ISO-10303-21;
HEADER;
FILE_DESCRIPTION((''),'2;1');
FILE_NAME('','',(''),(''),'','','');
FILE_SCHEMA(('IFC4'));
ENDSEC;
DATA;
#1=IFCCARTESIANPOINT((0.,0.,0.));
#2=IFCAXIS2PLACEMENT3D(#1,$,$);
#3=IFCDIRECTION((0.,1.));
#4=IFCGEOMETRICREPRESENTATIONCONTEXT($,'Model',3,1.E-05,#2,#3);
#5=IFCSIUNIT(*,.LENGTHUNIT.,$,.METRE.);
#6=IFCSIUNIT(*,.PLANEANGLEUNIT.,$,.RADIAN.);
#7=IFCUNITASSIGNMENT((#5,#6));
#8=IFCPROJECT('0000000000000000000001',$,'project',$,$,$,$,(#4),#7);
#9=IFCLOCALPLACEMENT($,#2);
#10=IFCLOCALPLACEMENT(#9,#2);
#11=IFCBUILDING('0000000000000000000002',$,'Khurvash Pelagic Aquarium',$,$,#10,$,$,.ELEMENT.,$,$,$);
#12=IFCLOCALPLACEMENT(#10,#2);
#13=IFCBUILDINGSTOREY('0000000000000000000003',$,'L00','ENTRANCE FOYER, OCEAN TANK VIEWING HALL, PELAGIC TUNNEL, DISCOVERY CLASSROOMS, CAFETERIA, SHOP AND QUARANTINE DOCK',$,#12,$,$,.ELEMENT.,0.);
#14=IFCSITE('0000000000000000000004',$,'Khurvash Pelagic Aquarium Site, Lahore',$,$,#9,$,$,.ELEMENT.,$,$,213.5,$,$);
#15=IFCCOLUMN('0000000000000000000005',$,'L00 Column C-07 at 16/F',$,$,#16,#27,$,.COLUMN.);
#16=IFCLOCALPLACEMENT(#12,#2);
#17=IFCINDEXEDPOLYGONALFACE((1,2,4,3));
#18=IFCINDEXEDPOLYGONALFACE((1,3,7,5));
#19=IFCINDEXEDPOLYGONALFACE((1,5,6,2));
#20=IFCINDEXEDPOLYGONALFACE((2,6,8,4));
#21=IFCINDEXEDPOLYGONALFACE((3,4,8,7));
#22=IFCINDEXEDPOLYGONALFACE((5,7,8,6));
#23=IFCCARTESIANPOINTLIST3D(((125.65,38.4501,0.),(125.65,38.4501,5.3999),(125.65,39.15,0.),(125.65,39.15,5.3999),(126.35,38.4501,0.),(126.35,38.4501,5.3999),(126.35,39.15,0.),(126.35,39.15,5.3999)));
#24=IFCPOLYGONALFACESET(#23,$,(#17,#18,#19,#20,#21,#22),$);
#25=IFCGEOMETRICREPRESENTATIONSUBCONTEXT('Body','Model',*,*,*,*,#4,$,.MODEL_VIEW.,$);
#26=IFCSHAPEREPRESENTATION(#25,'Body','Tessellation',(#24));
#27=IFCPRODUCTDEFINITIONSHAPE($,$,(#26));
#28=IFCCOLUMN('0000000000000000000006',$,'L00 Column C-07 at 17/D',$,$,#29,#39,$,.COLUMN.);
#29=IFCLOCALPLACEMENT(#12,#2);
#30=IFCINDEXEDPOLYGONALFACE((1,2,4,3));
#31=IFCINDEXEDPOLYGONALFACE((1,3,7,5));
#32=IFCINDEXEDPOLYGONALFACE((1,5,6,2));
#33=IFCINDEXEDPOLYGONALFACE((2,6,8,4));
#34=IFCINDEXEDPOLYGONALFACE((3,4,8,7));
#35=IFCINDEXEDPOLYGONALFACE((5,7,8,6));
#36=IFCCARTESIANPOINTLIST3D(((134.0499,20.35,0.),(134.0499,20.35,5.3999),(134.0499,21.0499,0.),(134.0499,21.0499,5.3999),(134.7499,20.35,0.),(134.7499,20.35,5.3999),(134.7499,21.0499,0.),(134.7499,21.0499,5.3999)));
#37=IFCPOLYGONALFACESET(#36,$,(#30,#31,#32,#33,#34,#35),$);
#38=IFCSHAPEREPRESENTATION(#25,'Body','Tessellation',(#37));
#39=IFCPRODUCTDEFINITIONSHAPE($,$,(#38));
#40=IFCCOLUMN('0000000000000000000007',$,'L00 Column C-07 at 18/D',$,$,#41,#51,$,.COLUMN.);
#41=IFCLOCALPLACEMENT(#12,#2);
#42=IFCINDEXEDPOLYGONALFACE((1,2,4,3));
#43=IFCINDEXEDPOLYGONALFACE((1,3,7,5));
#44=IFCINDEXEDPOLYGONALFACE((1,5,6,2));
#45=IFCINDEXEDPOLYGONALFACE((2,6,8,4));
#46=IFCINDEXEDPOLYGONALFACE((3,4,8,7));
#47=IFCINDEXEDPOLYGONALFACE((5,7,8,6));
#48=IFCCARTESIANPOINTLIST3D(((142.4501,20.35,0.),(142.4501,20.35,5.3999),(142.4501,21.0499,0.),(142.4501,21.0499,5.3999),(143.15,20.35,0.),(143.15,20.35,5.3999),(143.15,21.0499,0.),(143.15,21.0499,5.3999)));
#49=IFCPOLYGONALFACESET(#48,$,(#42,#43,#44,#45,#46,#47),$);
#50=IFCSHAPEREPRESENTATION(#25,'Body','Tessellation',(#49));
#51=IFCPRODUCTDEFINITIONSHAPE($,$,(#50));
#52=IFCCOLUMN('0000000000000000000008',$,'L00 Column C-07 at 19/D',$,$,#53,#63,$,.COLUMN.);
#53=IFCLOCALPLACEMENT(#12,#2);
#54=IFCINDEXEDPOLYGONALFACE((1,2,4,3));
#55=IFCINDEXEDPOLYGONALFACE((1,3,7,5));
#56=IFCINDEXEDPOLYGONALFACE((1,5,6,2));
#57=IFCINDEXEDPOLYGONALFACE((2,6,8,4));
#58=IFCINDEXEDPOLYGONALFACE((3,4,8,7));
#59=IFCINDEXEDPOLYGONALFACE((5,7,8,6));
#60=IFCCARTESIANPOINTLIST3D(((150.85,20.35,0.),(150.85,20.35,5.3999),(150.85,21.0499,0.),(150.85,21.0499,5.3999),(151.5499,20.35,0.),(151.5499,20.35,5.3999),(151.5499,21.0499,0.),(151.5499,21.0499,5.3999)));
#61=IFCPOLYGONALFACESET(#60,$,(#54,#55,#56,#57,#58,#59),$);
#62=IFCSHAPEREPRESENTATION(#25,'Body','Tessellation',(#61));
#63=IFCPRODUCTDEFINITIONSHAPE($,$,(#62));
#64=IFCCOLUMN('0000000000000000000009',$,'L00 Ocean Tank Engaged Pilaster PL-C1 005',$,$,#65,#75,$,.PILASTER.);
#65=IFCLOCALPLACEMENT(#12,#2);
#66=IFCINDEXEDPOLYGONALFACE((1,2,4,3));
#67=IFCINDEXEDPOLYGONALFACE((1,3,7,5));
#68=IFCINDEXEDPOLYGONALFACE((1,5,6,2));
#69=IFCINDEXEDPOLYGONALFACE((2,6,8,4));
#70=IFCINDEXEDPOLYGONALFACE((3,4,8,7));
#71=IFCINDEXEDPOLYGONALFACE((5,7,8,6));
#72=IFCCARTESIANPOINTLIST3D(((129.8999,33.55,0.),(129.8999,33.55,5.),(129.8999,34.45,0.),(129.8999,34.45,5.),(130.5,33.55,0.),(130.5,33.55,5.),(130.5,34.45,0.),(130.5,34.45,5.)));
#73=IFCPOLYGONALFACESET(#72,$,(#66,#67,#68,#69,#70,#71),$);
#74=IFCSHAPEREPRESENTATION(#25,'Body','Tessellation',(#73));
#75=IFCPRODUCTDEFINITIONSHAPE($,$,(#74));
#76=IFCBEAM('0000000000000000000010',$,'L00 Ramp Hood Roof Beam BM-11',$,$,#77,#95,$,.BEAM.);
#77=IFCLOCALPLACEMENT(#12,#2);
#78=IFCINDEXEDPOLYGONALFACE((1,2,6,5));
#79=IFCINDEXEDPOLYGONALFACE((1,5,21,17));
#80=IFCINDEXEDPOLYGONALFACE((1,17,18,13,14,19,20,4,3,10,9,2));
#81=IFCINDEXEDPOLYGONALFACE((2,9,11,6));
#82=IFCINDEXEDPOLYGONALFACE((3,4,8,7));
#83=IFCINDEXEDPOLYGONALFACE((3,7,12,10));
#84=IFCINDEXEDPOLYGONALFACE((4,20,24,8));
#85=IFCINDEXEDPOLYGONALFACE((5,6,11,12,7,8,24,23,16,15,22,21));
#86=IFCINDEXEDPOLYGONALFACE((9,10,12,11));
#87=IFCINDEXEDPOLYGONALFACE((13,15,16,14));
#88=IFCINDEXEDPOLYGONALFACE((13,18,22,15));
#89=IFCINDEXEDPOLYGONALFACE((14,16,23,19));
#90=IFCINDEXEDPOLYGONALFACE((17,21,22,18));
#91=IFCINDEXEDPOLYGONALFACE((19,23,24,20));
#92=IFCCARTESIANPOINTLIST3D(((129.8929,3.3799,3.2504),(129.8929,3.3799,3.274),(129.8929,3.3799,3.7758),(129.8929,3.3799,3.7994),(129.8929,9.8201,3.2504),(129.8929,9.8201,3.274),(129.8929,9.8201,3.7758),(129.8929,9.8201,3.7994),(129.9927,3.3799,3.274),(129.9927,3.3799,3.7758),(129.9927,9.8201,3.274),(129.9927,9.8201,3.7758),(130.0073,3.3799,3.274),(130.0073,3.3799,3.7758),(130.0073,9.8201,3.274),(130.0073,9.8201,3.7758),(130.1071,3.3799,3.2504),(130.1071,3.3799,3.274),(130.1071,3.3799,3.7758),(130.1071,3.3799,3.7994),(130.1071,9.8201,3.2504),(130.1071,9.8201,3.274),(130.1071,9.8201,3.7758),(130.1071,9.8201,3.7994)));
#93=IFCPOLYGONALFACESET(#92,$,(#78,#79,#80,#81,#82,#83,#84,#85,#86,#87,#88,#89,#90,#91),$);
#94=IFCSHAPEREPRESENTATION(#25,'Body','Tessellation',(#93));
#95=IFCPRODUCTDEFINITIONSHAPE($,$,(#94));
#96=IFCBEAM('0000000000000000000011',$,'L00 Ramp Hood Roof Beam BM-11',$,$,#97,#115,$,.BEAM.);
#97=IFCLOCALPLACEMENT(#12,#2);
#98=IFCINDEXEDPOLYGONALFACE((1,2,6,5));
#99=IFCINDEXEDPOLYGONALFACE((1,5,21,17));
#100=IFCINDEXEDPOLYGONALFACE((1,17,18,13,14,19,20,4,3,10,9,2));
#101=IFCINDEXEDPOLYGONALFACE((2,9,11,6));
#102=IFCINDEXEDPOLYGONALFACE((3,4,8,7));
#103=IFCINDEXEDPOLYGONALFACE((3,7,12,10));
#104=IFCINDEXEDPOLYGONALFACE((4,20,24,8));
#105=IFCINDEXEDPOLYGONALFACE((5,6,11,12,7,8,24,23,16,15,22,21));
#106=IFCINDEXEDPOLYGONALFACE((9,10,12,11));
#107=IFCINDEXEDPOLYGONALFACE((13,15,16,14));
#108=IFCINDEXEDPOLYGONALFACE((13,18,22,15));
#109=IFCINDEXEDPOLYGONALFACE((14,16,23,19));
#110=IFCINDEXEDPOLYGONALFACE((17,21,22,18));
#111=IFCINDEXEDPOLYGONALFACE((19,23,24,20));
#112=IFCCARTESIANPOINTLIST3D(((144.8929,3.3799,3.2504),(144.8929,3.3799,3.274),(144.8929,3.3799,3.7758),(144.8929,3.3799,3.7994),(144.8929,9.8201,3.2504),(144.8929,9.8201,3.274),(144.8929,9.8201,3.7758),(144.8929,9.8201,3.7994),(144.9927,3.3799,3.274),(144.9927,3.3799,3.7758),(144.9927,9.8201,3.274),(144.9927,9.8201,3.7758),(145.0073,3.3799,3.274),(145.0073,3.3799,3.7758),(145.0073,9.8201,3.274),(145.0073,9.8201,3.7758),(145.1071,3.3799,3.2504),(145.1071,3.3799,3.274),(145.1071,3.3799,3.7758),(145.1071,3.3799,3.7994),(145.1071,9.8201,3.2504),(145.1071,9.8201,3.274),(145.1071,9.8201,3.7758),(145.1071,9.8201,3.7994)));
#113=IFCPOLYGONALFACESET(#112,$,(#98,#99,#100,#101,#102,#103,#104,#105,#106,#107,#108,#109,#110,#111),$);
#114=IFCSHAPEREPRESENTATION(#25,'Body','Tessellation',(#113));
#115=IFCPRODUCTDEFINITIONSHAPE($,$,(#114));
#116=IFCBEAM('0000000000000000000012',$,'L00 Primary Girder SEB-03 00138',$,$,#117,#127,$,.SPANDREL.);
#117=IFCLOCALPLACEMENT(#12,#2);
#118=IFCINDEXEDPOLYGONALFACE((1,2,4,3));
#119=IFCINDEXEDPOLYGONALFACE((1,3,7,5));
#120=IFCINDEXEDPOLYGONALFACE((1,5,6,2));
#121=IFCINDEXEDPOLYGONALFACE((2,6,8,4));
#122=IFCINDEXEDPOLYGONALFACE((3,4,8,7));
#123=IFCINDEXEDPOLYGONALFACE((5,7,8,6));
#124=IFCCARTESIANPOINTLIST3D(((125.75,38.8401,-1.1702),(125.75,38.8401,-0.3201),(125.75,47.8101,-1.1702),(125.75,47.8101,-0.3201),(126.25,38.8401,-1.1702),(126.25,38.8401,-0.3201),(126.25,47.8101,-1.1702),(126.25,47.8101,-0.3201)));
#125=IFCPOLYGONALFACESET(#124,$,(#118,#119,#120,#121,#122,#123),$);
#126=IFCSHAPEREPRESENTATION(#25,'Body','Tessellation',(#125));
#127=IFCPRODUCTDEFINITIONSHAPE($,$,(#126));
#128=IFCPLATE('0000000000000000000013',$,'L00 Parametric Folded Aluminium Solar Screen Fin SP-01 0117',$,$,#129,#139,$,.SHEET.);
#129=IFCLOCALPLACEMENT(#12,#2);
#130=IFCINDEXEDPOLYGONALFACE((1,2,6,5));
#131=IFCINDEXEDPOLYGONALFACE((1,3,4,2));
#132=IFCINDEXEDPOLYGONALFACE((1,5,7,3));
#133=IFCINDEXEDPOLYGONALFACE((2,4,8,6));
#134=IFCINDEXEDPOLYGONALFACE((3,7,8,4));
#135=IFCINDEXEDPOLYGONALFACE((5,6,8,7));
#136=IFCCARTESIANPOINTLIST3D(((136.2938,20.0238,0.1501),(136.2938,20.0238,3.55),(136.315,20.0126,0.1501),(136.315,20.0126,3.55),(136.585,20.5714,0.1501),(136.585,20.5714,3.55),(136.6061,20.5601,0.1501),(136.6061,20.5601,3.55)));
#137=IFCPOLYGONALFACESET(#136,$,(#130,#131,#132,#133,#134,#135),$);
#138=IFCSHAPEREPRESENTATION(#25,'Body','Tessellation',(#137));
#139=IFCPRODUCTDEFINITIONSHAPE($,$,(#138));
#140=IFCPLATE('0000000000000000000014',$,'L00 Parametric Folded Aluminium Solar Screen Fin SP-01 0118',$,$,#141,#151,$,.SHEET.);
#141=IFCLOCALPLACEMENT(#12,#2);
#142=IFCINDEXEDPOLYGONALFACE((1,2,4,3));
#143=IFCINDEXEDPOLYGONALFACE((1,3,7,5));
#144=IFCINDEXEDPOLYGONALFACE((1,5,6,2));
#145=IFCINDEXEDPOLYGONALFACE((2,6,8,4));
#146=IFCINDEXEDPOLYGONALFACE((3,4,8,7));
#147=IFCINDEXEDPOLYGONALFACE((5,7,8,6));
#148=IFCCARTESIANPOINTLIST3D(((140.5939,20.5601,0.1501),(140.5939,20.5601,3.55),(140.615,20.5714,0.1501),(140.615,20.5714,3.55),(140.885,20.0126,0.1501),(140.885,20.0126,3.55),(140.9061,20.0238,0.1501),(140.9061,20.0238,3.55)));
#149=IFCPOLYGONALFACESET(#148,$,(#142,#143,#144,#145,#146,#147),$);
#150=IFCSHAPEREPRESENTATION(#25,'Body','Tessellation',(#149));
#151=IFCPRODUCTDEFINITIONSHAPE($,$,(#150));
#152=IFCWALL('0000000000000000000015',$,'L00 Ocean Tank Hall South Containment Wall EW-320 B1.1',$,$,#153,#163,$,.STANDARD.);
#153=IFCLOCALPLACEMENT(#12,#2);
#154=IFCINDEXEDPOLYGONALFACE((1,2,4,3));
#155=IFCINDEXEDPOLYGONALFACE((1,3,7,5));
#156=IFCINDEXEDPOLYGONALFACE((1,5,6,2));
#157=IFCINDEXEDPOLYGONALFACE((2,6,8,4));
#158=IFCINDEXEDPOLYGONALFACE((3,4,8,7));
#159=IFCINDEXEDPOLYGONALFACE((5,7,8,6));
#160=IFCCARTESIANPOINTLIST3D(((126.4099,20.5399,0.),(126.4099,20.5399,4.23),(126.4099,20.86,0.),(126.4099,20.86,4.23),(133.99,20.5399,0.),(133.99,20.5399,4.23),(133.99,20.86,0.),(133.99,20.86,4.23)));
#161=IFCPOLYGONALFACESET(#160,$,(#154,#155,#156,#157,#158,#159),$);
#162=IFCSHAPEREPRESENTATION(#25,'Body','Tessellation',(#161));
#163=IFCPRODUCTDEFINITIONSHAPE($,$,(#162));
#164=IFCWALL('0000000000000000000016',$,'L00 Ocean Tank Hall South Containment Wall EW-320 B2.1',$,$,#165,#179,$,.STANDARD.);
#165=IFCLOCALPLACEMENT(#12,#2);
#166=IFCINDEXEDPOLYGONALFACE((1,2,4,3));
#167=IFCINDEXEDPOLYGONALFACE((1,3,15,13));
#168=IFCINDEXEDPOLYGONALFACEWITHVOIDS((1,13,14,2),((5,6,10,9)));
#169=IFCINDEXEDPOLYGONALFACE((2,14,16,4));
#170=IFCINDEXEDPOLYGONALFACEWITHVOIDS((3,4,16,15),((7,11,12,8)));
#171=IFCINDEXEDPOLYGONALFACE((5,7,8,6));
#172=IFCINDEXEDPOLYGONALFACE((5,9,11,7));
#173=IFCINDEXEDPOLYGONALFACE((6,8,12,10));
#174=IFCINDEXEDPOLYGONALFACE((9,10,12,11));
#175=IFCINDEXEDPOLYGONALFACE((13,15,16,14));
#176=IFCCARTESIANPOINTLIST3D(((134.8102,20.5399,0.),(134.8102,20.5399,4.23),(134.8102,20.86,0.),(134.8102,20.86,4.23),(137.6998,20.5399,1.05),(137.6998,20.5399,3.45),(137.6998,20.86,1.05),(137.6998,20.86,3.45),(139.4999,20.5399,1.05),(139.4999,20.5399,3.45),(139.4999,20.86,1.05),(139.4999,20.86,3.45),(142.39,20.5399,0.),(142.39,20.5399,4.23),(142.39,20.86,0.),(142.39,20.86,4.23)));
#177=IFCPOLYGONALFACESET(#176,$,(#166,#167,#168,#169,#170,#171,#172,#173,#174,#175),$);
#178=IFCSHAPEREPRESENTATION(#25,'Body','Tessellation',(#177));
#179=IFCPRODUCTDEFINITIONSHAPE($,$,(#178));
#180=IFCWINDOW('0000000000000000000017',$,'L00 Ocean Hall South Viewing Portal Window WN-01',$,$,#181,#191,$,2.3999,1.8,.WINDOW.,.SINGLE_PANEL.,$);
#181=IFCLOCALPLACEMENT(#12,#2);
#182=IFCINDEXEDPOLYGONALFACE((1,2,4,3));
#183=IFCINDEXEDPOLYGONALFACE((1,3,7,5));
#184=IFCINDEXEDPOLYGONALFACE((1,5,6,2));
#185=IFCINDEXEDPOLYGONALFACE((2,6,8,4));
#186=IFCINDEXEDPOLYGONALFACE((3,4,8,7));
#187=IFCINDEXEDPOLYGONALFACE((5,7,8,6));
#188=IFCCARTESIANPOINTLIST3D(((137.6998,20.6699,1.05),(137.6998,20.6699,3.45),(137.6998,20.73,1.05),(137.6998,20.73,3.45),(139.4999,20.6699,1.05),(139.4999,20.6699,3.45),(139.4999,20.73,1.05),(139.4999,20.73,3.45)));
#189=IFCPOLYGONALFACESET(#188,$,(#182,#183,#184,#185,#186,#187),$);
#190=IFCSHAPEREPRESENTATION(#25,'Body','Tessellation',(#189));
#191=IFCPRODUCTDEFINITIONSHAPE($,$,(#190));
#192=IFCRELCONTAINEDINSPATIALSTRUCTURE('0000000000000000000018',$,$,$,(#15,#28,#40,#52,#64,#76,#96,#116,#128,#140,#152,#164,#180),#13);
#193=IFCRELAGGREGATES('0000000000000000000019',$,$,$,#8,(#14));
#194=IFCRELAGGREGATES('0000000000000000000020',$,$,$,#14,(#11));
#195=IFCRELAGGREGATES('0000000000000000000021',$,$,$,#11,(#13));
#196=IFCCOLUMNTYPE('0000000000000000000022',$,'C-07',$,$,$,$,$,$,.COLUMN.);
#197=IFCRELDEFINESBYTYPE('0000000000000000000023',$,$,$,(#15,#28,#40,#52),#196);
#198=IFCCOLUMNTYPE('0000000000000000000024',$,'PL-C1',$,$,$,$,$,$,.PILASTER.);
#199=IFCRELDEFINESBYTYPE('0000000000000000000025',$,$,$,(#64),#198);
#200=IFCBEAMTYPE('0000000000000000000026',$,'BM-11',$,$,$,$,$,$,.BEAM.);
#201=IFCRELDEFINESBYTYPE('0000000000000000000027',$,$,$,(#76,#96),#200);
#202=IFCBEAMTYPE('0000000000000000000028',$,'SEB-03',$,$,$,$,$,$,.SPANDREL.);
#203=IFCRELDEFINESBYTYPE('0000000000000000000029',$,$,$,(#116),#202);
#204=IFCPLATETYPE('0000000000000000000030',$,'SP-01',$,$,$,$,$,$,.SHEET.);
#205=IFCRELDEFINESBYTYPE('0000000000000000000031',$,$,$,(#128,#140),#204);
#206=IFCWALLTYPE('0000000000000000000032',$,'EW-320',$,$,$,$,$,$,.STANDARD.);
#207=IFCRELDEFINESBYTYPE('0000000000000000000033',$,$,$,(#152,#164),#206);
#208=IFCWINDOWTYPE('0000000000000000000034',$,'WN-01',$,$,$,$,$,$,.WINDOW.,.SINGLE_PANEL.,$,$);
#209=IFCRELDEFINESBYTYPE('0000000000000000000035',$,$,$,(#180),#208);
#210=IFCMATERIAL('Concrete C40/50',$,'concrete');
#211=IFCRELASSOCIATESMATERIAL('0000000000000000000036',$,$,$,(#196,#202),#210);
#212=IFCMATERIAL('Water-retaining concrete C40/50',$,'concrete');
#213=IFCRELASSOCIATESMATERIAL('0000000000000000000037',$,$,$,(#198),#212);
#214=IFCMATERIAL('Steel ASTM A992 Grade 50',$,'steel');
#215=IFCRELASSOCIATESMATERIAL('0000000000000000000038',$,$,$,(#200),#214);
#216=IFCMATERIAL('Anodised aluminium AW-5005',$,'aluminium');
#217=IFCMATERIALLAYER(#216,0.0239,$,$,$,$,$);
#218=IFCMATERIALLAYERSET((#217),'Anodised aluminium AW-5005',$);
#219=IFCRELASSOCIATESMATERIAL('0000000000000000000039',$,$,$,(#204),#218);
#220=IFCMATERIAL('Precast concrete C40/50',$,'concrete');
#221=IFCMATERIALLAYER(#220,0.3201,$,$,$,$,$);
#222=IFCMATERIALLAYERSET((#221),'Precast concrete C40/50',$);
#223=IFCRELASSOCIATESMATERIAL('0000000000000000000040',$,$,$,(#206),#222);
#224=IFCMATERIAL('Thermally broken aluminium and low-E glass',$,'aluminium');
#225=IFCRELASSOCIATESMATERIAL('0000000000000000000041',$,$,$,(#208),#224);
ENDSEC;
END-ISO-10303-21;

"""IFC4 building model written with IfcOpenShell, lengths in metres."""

from ifc_helpers import new_model, si_unit, direction, frame, frame_2d, origin, origin_2d, place, context, subcontext, project, spatial, rectangle, i_section, extrude, material, layer, layer_set, material_profile, profile_set, type_object, element, fill, save


model = new_model("IFC4")

# Units and contexts
model_context = context("Model", 3, precision=1e-05, world=origin(), true_north=direction((0.0, 1.0)))
body_context = subcontext(model_context, "Body", "Model", "MODEL_VIEW")
ifc_project = project(units=[si_unit("LENGTHUNIT", "METRE"), si_unit("PLANEANGLEUNIT", "RADIAN")], contexts=[model_context])

# Site, building, storey
site_placement = place(None, origin())
site = spatial("IfcSite", under=ifc_project, at=site_placement, Name="Khurvash Pelagic Aquarium Site, Lahore", CompositionType="ELEMENT", RefElevation=213.5)
building_placement = place(site_placement, origin())
building = spatial("IfcBuilding", under=site, at=building_placement, Name="Khurvash Pelagic Aquarium", CompositionType="ELEMENT")
storey_placement = place(building_placement, origin())
storey = spatial("IfcBuildingStorey", under=building, at=storey_placement, Name="L00", Description="ENTRANCE FOYER, OCEAN TANK VIEWING HALL, PELAGIC TUNNEL, DISCOVERY CLASSROOMS, CAFETERIA, SHOP AND QUARANTINE DOCK", CompositionType="ELEMENT", Elevation=0.0)

# Columns
ifc_material_1 = material(Name="Concrete C40/50", Category="concrete")
ifc_material_profile_1 = material_profile(ifc_material_1, rectangle(XDim=0.7, YDim=0.7, at=origin_2d()), Name="RC700X700")
ifc_profile_set_1 = profile_set([ifc_material_profile_1], Name="Concrete C40/50")
column_type_1 = type_object("IfcColumnType", Name="C-07", PredefinedType="COLUMN", material=ifc_profile_set_1)
for number, where, z_axis, x_axis, name in (
    (1, (126.0, 38.8, 0.0), (0.0, 0.0, 1.0), (1.0, 0.0, 0.0), "L00 Column C-07 at 16/F"),
    (2, (134.3999, 20.7, 0.0), (0.0, 0.0, 1.0), (1.0, 0.0, 0.0), "L00 Column C-07 at 17/D"),
    (3, (142.8, 20.7, 0.0), (0.0, 0.0, 1.0), (1.0, 0.0, 0.0), "L00 Column C-07 at 18/D"),
    (4, (151.2, 20.7, 0.0), (0.0, 0.0, 1.0), (1.0, 0.0, 0.0), "L00 Column C-07 at 19/D"),
):
    element("IfcColumn", number, at=place(storey_placement, frame(where, z_axis=z_axis, x_axis=x_axis)), inside=storey, type_object=column_type_1, Name=name, PredefinedType="COLUMN", context=body_context, shape_type="SweptSolid", body=[
        extrude(rectangle(XDim=0.7, YDim=0.7, at=origin_2d()), origin(), (0.0, 0.0, 1.0), 5.3999),
    ])
ifc_material_2 = material(Name="Water-retaining concrete C40/50", Category="concrete")
ifc_material_profile_2 = material_profile(ifc_material_2, rectangle(XDim=0.6001, YDim=0.8999, at=origin_2d()), Name="RC600X900")
ifc_profile_set_2 = profile_set([ifc_material_profile_2], Name="Water-retaining concrete C40/50")
column_type_2 = type_object("IfcColumnType", Name="PL-C1", PredefinedType="PILASTER", material=ifc_profile_set_2)
column_placement = place(storey_placement, frame((130.2, 34.0, 0.0), z_axis=(0.0, 0.0, 1.0), x_axis=(1.0, 0.0, 0.0)))
element("IfcColumn", 5, at=column_placement, inside=storey, type_object=column_type_2, Name="L00 Ocean Tank Engaged Pilaster PL-C1 005", PredefinedType="PILASTER", context=body_context, shape_type="SweptSolid", body=[
    extrude(rectangle(XDim=0.6001, YDim=0.8999, at=origin_2d()), origin(), (0.0, 0.0, 1.0), 5.0),
])

# Beams
ifc_material_3 = material(Name="Steel ASTM A992 Grade 50", Category="steel")
ifc_material_profile_3 = material_profile(ifc_material_3, i_section(OverallWidth=0.2141, OverallDepth=0.5491, WebThickness=0.0146, FlangeThickness=0.0237, at=origin_2d()), Name="W21X93")
ifc_profile_set_3 = profile_set([ifc_material_profile_3], Name="Steel ASTM A992 Grade 50")
beam_type_1 = type_object("IfcBeamType", Name="BM-11", PredefinedType="BEAM", material=ifc_profile_set_3)
for number, where, z_axis, x_axis, name in (
    (6, (130.0, 3.3799, 3.5249), (0.0, 1.0, 0.0), (-1.0, 0.0, 0.0), "L00 Ramp Hood Roof Beam BM-11"),
    (7, (145.0, 3.3799, 3.5249), (0.0, 1.0, 0.0), (-1.0, 0.0, 0.0), "L00 Ramp Hood Roof Beam BM-11"),
):
    element("IfcBeam", number, at=place(storey_placement, frame(where, z_axis=z_axis, x_axis=x_axis)), inside=storey, type_object=beam_type_1, Name=name, PredefinedType="BEAM", context=body_context, shape_type="SweptSolid", body=[
        extrude(i_section(OverallWidth=0.2141, OverallDepth=0.5491, WebThickness=0.0146, FlangeThickness=0.0237, at=origin_2d()), origin(), (0.0, 0.0, 1.0), 6.4402),
    ])
ifc_material_profile_4 = material_profile(ifc_material_1, rectangle(XDim=0.5, YDim=0.8501, at=origin_2d()), Name="RC500X850")
ifc_profile_set_4 = profile_set([ifc_material_profile_4], Name="Concrete C40/50")
beam_type_2 = type_object("IfcBeamType", Name="SEB-03", PredefinedType="SPANDREL", material=ifc_profile_set_4)
beam_placement = place(storey_placement, frame((126.0, 38.8401, -0.7451), z_axis=(0.0, 1.0, 0.0), x_axis=(-1.0, 0.0, 0.0)))
element("IfcBeam", 8, at=beam_placement, inside=storey, type_object=beam_type_2, Name="L00 Primary Girder SEB-03 00138", PredefinedType="SPANDREL", context=body_context, shape_type="SweptSolid", body=[
    extrude(rectangle(XDim=0.5, YDim=0.8501, at=origin_2d()), origin(), (0.0, 0.0, 1.0), 8.97),
])

# Plates
ifc_material_4 = material(Name="Anodised aluminium AW-5005", Category="aluminium")
ifc_layer_1 = layer(ifc_material_4, 0.0239)
ifc_layer_set_1 = layer_set([ifc_layer_1], Name="Anodised aluminium AW-5005")
plate_type = type_object("IfcPlateType", Name="SP-01", PredefinedType="SHEET", material=ifc_layer_set_1)
for number, where, z_axis, x_axis, name in (
    (9, (136.45, 20.292, 0.1501), (0.0, 0.0, 1.0), (-0.469472, -0.882948, 0.0), "L00 Parametric Folded Aluminium Solar Screen Fin SP-01 0117"),
    (10, (140.75, 20.292, 0.1501), (0.0, 0.0, 1.0), (0.469472, -0.882948, 0.0), "L00 Parametric Folded Aluminium Solar Screen Fin SP-01 0118"),
):
    element("IfcPlate", number, at=place(storey_placement, frame(where, z_axis=z_axis, x_axis=x_axis)), inside=storey, type_object=plate_type, Name=name, PredefinedType="SHEET", context=body_context, shape_type="SweptSolid", body=[
        extrude(rectangle(XDim=0.6201, YDim=0.0239, at=origin_2d()), origin(), (0.0, 0.0, 1.0), 3.3999),
    ])

# Wall
ifc_material_5 = material(Name="Precast concrete C40/50", Category="concrete")
ifc_layer_2 = layer(ifc_material_5, 0.3201)
ifc_layer_set_2 = layer_set([ifc_layer_2], Name="Precast concrete C40/50")
wall_type_1 = type_object("IfcWallType", Name="EW-320", PredefinedType="STANDARD", material=ifc_layer_set_2)
wall_1_placement = place(storey_placement, frame((126.4099, 20.7, 0.0), z_axis=(0.0, 0.0, 1.0), x_axis=(1.0, 0.0, 0.0)))
element("IfcWall", 11, at=wall_1_placement, inside=storey, type_object=wall_type_1, Name="L00 Ocean Tank Hall South Containment Wall EW-320 B1.1", PredefinedType="STANDARD", context=body_context, shape_type="SweptSolid", body=[
    extrude(rectangle(XDim=7.5801, YDim=0.3201, at=frame_2d((3.79, 0.0))), origin(), (0.0, 0.0, 1.0), 4.23),
])

# Wall, opening, window
wall_2_placement = place(storey_placement, frame((134.8101, 20.7, 0.0), z_axis=(0.0, 0.0, 1.0), x_axis=(1.0, 0.0, 0.0)))
wall_2 = element("IfcWall", 12, at=wall_2_placement, inside=storey, type_object=wall_type_1, Name="L00 Ocean Tank Hall South Containment Wall EW-320 B2.1", PredefinedType="STANDARD", context=body_context, shape_type="SweptSolid", body=[
    extrude(rectangle(XDim=7.5798, YDim=0.3201, at=frame_2d((3.79, 0.0))), origin(), (0.0, 0.0, 1.0), 4.23),
])
opening_1_placement = place(wall_2_placement, frame((2.8899, 0.0, 1.05)))
opening_1 = element("IfcOpeningElement", 13, at=opening_1_placement, cuts=wall_2, PredefinedType="OPENING", context=body_context, shape_type="SweptSolid", body=[
    extrude(rectangle(XDim=1.8, YDim=2.3999, at=frame_2d((0.8999, 1.2))), frame((0.0, 0.1699, 0.0), z_axis=(0.0, -1.0, 0.0), x_axis=(1.0, 0.0, 0.0)), (0.0, 0.0, 1.0), 0.3401),
])
ifc_material_6 = material(Name="Thermally broken aluminium and low-E glass", Category="aluminium")
window_type_1 = type_object("IfcWindowType", Name="WN-01", PartitioningType="SINGLE_PANEL", PredefinedType="WINDOW", material=ifc_material_6)
window_1_placement = place(opening_1_placement, origin())
window_1 = element("IfcWindow", 14, at=window_1_placement, inside=storey, type_object=window_type_1, Name="L00 Ocean Hall South Viewing Portal Window WN-01", OverallHeight=2.3999, OverallWidth=1.8, PartitioningType="SINGLE_PANEL", PredefinedType="WINDOW", context=body_context, shape_type="SweptSolid", body=[
    extrude(rectangle(XDim=1.8, YDim=2.3999, at=frame_2d((0.8999, 1.2))), frame((0.0, 0.03, 0.0), z_axis=(0.0, -1.0, 0.0), x_axis=(1.0, 0.0, 0.0)), (0.0, 0.0, 1.0), 0.0601),
])
fill(opening_1, window_1)

save(model, "model.ifc")
